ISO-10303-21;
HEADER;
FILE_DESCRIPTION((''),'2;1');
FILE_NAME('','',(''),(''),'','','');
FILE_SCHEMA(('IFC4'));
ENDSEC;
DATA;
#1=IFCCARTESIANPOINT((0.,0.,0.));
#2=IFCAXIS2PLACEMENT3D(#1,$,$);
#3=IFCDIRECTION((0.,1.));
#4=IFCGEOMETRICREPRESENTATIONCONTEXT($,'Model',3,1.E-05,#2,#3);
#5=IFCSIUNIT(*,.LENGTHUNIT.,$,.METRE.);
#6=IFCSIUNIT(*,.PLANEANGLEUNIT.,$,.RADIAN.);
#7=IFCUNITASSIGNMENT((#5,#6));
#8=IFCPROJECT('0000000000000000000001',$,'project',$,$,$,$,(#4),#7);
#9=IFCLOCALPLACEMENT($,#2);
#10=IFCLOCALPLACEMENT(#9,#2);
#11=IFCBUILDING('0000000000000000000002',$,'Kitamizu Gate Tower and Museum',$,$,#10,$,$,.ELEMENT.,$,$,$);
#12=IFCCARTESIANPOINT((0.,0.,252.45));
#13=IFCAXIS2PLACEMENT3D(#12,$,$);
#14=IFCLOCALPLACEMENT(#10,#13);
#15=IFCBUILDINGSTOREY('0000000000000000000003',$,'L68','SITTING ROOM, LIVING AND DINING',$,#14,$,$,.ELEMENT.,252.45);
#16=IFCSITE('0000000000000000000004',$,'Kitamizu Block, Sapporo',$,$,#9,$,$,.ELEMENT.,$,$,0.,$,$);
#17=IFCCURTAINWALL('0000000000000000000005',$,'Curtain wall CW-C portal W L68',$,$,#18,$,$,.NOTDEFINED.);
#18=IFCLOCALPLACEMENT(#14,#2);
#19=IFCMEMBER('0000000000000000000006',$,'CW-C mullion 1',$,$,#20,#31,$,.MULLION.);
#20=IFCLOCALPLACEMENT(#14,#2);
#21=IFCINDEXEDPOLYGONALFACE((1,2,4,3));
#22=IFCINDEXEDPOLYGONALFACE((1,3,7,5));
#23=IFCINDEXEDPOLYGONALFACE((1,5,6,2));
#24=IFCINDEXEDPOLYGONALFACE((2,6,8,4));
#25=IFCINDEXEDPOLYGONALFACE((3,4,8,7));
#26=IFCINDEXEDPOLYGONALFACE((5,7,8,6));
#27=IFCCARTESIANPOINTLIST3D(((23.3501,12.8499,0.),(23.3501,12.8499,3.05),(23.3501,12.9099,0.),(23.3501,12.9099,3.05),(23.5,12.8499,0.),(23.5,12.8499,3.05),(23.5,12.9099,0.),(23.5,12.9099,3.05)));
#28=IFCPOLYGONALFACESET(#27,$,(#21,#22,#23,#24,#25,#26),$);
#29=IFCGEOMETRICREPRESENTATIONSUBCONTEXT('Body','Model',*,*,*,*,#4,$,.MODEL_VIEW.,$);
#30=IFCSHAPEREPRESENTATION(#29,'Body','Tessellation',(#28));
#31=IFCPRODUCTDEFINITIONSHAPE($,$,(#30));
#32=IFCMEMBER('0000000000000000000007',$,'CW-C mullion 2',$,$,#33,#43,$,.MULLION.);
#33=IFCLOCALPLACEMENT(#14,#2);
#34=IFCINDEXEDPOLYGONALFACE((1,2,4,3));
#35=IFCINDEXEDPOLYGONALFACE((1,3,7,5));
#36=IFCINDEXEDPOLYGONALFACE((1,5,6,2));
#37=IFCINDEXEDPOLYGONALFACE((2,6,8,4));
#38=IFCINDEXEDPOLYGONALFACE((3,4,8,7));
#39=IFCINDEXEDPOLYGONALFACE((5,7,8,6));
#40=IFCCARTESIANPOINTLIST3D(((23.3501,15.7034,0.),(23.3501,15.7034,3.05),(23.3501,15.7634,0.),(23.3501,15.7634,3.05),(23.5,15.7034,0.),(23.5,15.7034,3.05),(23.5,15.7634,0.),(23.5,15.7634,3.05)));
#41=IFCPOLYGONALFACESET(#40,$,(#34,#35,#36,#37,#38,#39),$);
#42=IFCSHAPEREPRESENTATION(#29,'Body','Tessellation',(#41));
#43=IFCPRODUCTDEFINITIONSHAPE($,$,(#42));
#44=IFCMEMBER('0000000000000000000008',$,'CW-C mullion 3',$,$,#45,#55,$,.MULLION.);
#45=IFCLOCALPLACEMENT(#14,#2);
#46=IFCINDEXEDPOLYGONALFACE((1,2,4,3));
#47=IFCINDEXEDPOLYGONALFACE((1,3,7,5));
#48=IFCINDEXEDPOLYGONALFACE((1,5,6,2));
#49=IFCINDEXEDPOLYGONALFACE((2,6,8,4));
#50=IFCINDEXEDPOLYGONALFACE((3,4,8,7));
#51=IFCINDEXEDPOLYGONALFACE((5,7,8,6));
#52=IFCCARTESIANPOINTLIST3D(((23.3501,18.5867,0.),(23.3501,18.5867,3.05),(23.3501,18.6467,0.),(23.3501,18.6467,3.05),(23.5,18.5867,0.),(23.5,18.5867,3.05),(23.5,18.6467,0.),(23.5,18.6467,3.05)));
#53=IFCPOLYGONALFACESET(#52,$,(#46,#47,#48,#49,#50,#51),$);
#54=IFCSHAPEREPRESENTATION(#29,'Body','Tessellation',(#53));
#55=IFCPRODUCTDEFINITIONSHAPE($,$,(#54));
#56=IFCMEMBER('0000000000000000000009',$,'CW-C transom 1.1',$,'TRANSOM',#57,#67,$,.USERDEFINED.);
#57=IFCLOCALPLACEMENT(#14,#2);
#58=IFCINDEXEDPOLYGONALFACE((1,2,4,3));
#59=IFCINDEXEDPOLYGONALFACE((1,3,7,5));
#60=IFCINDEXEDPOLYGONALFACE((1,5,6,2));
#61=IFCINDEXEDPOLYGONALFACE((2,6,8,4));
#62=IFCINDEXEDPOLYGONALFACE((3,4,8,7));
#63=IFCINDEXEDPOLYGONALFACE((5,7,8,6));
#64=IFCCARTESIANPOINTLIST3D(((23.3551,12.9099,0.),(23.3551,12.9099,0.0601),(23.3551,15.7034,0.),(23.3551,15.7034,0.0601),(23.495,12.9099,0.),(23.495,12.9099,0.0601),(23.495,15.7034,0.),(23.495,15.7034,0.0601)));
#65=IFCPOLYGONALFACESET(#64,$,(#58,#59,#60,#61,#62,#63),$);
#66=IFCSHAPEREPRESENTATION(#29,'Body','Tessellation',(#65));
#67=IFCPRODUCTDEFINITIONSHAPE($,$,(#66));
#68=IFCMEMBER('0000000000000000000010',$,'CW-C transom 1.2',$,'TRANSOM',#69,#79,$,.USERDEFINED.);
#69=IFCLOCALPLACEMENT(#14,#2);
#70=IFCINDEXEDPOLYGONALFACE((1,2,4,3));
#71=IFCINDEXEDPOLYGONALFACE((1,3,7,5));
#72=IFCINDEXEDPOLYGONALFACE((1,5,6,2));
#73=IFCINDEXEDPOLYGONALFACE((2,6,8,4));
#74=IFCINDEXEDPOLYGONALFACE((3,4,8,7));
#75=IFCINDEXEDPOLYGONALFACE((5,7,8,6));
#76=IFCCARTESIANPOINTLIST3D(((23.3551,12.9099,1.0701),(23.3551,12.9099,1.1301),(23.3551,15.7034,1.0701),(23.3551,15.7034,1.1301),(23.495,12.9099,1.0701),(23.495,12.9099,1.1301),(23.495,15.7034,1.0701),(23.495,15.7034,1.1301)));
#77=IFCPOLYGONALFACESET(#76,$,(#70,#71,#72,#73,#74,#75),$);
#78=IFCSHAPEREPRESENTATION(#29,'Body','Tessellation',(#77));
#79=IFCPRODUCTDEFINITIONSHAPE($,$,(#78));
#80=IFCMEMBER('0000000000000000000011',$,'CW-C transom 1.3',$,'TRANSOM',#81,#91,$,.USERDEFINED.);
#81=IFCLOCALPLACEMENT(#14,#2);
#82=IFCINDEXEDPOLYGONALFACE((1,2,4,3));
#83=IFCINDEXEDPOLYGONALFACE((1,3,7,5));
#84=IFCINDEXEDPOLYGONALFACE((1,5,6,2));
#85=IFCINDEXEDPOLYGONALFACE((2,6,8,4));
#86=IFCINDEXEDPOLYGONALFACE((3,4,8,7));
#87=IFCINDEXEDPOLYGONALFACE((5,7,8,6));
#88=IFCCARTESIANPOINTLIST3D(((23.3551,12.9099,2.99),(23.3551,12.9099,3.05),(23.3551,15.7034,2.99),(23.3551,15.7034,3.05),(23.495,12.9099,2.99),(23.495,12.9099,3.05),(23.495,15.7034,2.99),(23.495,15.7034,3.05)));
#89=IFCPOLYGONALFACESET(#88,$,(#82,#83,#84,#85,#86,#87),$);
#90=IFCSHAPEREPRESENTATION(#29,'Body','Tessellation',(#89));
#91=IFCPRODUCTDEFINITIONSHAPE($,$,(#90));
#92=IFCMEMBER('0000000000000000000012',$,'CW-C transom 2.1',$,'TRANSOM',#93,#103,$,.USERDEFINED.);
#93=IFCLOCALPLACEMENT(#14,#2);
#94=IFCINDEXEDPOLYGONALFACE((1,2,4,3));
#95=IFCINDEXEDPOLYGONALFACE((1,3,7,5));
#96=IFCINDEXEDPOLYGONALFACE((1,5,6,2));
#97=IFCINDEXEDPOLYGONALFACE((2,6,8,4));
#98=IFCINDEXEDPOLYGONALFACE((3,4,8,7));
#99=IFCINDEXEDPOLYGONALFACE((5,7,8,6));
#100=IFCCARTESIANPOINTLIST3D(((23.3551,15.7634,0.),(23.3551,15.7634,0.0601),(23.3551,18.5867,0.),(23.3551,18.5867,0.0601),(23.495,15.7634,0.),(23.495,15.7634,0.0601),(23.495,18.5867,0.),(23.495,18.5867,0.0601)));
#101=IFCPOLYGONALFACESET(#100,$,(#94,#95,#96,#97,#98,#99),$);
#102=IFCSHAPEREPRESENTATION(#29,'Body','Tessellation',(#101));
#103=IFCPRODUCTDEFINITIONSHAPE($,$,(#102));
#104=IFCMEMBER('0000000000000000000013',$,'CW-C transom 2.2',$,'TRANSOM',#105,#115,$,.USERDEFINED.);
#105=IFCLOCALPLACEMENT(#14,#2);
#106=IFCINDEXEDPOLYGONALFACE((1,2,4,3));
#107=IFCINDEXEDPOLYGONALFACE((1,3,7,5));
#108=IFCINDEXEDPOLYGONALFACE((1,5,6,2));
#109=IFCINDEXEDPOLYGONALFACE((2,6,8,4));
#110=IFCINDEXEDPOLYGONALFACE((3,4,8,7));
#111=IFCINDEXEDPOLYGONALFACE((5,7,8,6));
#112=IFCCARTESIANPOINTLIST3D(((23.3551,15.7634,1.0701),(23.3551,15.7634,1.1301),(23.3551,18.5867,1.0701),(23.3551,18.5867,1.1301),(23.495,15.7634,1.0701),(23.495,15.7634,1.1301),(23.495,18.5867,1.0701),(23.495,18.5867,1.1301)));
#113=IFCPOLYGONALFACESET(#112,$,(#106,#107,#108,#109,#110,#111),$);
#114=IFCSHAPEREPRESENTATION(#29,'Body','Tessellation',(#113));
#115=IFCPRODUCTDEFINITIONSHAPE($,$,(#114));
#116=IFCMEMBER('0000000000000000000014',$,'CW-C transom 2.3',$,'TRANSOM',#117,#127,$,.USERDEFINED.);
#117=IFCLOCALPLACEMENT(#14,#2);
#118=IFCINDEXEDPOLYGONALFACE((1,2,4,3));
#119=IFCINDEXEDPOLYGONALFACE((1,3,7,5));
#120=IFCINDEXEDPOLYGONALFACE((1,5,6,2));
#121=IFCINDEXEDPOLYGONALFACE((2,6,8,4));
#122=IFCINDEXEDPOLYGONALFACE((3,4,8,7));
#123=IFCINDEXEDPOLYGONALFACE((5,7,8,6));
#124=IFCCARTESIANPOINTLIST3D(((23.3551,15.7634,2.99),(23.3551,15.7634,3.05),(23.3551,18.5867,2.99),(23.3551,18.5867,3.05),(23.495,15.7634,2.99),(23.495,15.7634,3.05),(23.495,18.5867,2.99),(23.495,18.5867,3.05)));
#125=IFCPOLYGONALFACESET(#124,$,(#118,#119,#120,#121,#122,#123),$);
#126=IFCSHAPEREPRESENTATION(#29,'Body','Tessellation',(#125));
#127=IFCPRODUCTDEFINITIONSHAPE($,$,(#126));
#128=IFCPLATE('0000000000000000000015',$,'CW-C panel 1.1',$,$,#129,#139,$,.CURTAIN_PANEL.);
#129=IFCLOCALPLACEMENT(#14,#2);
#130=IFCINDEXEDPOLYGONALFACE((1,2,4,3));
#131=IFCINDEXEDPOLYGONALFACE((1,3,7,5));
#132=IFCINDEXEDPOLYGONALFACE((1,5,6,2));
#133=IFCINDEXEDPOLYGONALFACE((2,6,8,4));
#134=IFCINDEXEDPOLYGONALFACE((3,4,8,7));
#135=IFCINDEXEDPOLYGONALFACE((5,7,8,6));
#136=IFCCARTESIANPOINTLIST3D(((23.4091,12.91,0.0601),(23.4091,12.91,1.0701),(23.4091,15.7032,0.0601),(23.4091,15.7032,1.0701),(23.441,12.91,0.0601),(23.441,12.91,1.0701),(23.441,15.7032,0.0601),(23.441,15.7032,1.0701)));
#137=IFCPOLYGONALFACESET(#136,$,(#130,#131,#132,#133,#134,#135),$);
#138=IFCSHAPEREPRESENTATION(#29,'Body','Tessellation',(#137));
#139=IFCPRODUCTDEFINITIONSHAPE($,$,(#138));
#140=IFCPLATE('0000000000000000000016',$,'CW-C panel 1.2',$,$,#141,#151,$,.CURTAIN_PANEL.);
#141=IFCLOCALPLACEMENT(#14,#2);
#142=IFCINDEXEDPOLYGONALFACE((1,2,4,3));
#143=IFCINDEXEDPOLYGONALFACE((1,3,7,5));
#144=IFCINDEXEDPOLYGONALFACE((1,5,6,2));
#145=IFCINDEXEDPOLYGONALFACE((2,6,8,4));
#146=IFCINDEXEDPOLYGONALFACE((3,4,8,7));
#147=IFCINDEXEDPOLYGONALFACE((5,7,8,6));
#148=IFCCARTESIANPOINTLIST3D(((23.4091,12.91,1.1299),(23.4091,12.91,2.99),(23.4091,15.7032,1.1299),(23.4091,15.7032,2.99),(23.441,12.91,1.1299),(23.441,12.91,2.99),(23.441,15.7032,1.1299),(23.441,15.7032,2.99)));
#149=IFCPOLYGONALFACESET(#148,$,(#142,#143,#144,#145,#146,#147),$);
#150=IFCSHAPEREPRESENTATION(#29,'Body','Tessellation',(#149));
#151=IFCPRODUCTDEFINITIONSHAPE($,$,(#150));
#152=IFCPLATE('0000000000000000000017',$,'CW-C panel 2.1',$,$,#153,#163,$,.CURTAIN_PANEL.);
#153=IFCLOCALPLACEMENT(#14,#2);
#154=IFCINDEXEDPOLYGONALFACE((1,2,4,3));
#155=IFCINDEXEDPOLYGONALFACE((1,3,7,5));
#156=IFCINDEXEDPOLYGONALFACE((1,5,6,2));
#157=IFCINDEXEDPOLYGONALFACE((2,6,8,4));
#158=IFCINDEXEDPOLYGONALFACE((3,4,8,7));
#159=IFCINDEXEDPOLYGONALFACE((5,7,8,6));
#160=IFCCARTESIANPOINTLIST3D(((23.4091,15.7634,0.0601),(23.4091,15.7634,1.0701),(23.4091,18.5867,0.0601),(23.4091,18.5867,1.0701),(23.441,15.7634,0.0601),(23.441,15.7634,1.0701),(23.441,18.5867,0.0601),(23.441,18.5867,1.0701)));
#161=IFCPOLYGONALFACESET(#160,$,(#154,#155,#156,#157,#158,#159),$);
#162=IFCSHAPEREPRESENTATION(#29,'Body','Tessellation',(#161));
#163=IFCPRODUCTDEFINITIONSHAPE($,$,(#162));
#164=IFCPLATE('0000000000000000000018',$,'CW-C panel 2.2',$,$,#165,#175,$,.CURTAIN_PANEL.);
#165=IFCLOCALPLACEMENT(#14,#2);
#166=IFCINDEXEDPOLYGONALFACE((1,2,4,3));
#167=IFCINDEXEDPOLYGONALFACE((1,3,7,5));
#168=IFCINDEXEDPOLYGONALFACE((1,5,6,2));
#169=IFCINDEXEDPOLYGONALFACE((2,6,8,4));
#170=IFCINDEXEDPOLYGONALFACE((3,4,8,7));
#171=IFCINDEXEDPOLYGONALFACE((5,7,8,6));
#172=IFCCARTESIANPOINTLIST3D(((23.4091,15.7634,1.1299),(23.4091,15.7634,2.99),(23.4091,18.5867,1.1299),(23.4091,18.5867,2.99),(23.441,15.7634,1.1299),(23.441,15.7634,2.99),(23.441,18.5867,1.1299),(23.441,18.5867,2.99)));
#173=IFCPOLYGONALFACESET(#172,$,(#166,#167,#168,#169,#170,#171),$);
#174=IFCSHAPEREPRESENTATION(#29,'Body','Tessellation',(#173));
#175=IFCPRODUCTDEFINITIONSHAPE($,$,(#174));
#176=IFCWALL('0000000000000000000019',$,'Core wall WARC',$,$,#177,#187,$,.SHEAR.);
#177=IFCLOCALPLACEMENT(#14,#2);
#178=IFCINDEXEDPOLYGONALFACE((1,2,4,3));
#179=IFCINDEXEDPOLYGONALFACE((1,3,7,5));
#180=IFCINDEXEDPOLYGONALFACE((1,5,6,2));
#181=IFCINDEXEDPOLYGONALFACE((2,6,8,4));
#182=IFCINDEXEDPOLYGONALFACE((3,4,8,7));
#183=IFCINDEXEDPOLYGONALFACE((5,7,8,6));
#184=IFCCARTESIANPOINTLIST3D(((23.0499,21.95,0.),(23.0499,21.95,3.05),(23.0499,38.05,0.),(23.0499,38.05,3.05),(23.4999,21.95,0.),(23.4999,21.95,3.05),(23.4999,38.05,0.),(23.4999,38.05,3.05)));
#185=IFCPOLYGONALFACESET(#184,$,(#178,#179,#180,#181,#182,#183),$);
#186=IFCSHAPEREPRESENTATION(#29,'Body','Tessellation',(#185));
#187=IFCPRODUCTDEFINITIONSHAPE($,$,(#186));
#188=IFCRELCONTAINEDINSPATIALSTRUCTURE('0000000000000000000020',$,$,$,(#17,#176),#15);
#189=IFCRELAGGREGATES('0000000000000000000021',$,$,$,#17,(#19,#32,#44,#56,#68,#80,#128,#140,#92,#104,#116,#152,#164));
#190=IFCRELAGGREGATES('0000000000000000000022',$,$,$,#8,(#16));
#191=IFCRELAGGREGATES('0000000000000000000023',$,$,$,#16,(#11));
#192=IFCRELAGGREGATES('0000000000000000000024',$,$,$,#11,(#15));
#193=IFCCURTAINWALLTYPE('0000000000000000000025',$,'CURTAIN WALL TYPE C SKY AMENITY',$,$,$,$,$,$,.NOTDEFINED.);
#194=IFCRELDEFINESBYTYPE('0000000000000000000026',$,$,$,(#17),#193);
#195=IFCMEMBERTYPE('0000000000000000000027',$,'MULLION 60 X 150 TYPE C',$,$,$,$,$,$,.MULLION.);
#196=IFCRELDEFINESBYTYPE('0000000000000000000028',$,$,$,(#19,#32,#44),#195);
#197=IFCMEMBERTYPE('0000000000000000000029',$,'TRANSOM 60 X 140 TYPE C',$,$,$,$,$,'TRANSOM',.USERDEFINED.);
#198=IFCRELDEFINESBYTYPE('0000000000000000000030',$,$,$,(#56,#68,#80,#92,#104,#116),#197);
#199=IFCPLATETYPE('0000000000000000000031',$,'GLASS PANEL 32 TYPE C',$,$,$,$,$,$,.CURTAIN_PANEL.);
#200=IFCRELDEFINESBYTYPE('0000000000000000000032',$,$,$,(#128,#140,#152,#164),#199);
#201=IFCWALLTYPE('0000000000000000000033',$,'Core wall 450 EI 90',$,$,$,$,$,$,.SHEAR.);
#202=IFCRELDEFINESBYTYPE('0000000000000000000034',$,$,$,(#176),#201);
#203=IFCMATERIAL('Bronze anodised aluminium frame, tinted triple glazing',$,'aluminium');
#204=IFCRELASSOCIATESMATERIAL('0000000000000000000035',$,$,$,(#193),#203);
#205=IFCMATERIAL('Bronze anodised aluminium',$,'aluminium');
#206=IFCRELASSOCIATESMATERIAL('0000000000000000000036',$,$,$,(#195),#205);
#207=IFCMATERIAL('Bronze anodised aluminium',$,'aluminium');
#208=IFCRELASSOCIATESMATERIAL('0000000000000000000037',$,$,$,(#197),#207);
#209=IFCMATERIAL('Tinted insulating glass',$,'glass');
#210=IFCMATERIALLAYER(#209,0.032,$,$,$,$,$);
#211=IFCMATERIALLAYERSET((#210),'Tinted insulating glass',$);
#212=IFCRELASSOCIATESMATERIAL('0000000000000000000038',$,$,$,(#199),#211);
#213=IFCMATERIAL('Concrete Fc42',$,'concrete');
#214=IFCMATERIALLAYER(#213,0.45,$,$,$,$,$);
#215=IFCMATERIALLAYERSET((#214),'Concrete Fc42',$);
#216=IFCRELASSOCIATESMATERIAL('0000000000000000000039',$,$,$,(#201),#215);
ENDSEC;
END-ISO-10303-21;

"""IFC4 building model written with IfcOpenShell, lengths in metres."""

from ifc_helpers import new_model, si_unit, direction, frame, frame_2d, origin, origin_2d, place, context, subcontext, project, spatial, rectangle, extrude, material, layer, layer_set, material_profile, profile_set, type_object, element, aggregate, save


model = new_model("IFC4")

# Units and contexts
model_context = context("Model", 3, precision=1e-05, world=origin(), true_north=direction((0.0, 1.0)))
body_context = subcontext(model_context, "Body", "Model", "MODEL_VIEW")
ifc_project = project(units=[si_unit("LENGTHUNIT", "METRE"), si_unit("PLANEANGLEUNIT", "RADIAN")], contexts=[model_context])

# Site, building, storey
site_placement = place(None, origin())
site = spatial("IfcSite", under=ifc_project, at=site_placement, Name="Kitamizu Block, Sapporo", CompositionType="ELEMENT", RefElevation=0.0)
building_placement = place(site_placement, origin())
building = spatial("IfcBuilding", under=site, at=building_placement, Name="Kitamizu Gate Tower and Museum", CompositionType="ELEMENT")
storey_placement = place(building_placement, frame((0.0, 0.0, 252.45)))
storey = spatial("IfcBuildingStorey", under=building, at=storey_placement, Name="L68", Description="SITTING ROOM, LIVING AND DINING", CompositionType="ELEMENT", Elevation=252.45)

# Curtain wall, members, plates
ifc_material_1 = material(Name="Bronze anodised aluminium frame, tinted triple glazing", Category="aluminium")
curtain_wall_type = type_object("IfcCurtainWallType", Name="CURTAIN WALL TYPE C SKY AMENITY", PredefinedType="NOTDEFINED", material=ifc_material_1)
curtain_wall_placement = place(storey_placement, origin())
curtain_wall = element("IfcCurtainWall", 1, at=curtain_wall_placement, inside=storey, type_object=curtain_wall_type, Name="Curtain wall CW-C portal W L68", PredefinedType="NOTDEFINED")
ifc_material_2 = material(Name="Bronze anodised aluminium", Category="aluminium")
ifc_material_profile_1 = material_profile(ifc_material_2, rectangle(XDim=0.0601, YDim=0.1499, at=origin_2d()), Name="AL 60X150")
ifc_profile_set_1 = profile_set([ifc_material_profile_1], Name="Bronze anodised aluminium")
member_type_1 = type_object("IfcMemberType", Name="MULLION 60 X 150 TYPE C", PredefinedType="MULLION", material=ifc_profile_set_1)
member_1_placement = place(storey_placement, frame((23.425, 12.8799, 0.0), z_axis=(0.0, 0.0, 1.0), x_axis=(0.0, 1.0, 0.0)))
member_1 = element("IfcMember", 2, at=member_1_placement, type_object=member_type_1, Name="CW-C mullion 1", PredefinedType="MULLION", context=body_context, shape_type="SweptSolid", body=[
    extrude(rectangle(XDim=0.0601, YDim=0.1499, at=origin_2d()), origin(), (0.0, 0.0, 1.0), 3.05),
])
member_2_placement = place(storey_placement, frame((23.425, 15.7334, 0.0), z_axis=(0.0, 0.0, 1.0), x_axis=(0.0, 1.0, 0.0)))
member_2 = element("IfcMember", 3, at=member_2_placement, type_object=member_type_1, Name="CW-C mullion 2", PredefinedType="MULLION", context=body_context, shape_type="SweptSolid", body=[
    extrude(rectangle(XDim=0.0601, YDim=0.1499, at=origin_2d()), origin(), (0.0, 0.0, 1.0), 3.05),
])
member_3_placement = place(storey_placement, frame((23.425, 18.6167, 0.0), z_axis=(0.0, 0.0, 1.0), x_axis=(0.0, 1.0, 0.0)))
member_3 = element("IfcMember", 4, at=member_3_placement, type_object=member_type_1, Name="CW-C mullion 3", PredefinedType="MULLION", context=body_context, shape_type="SweptSolid", body=[
    extrude(rectangle(XDim=0.0601, YDim=0.1499, at=origin_2d()), origin(), (0.0, 0.0, 1.0), 3.05),
])
ifc_material_3 = material(Name="Bronze anodised aluminium", Category="aluminium")
ifc_material_profile_2 = material_profile(ifc_material_3, rectangle(XDim=0.1399, YDim=0.0601, at=origin_2d()), Name="AL 60X140")
ifc_profile_set_2 = profile_set([ifc_material_profile_2], Name="Bronze anodised aluminium")
member_type_2 = type_object("IfcMemberType", Name="TRANSOM 60 X 140 TYPE C", ElementType="TRANSOM", PredefinedType="USERDEFINED", material=ifc_profile_set_2)
member_4_placement = place(storey_placement, frame((23.425, 12.9099, 0.03), z_axis=(0.0, 1.0, 0.0), x_axis=(-1.0, 0.0, 0.0)))
member_4 = element("IfcMember", 5, at=member_4_placement, type_object=member_type_2, Name="CW-C transom 1.1", ObjectType="TRANSOM", PredefinedType="USERDEFINED", context=body_context, shape_type="SweptSolid", body=[
    extrude(rectangle(XDim=0.1399, YDim=0.0601, at=origin_2d()), origin(), (0.0, 0.0, 1.0), 2.7935),
])
member_5_placement = place(storey_placement, frame((23.425, 12.9099, 1.1001), z_axis=(0.0, 1.0, 0.0), x_axis=(-1.0, 0.0, 0.0)))
member_5 = element("IfcMember", 6, at=member_5_placement, type_object=member_type_2, Name="CW-C transom 1.2", ObjectType="TRANSOM", PredefinedType="USERDEFINED", context=body_context, shape_type="SweptSolid", body=[
    extrude(rectangle(XDim=0.1399, YDim=0.0601, at=origin_2d()), origin(), (0.0, 0.0, 1.0), 2.7935),
])
member_6_placement = place(storey_placement, frame((23.425, 12.9099, 3.02), z_axis=(0.0, 1.0, 0.0), x_axis=(-1.0, 0.0, 0.0)))
member_6 = element("IfcMember", 7, at=member_6_placement, type_object=member_type_2, Name="CW-C transom 1.3", ObjectType="TRANSOM", PredefinedType="USERDEFINED", context=body_context, shape_type="SweptSolid", body=[
    extrude(rectangle(XDim=0.1399, YDim=0.0601, at=origin_2d()), origin(), (0.0, 0.0, 1.0), 2.7935),
])
member_7_placement = place(storey_placement, frame((23.425, 15.7634, 0.03), z_axis=(0.0, 1.0, 0.0), x_axis=(-1.0, 0.0, 0.0)))
member_7 = element("IfcMember", 8, at=member_7_placement, type_object=member_type_2, Name="CW-C transom 2.1", ObjectType="TRANSOM", PredefinedType="USERDEFINED", context=body_context, shape_type="SweptSolid", body=[
    extrude(rectangle(XDim=0.1399, YDim=0.0601, at=origin_2d()), origin(), (0.0, 0.0, 1.0), 2.8232),
])
member_8_placement = place(storey_placement, frame((23.425, 15.7634, 1.1001), z_axis=(0.0, 1.0, 0.0), x_axis=(-1.0, 0.0, 0.0)))
member_8 = element("IfcMember", 9, at=member_8_placement, type_object=member_type_2, Name="CW-C transom 2.2", ObjectType="TRANSOM", PredefinedType="USERDEFINED", context=body_context, shape_type="SweptSolid", body=[
    extrude(rectangle(XDim=0.1399, YDim=0.0601, at=origin_2d()), origin(), (0.0, 0.0, 1.0), 2.8232),
])
member_9_placement = place(storey_placement, frame((23.425, 15.7634, 3.02), z_axis=(0.0, 1.0, 0.0), x_axis=(-1.0, 0.0, 0.0)))
member_9 = element("IfcMember", 10, at=member_9_placement, type_object=member_type_2, Name="CW-C transom 2.3", ObjectType="TRANSOM", PredefinedType="USERDEFINED", context=body_context, shape_type="SweptSolid", body=[
    extrude(rectangle(XDim=0.1399, YDim=0.0601, at=origin_2d()), origin(), (0.0, 0.0, 1.0), 2.8232),
])
ifc_material_4 = material(Name="Tinted insulating glass", Category="glass")
ifc_layer_1 = layer(ifc_material_4, 0.032)
ifc_layer_set_1 = layer_set([ifc_layer_1], Name="Tinted insulating glass")
plate_type = type_object("IfcPlateType", Name="GLASS PANEL 32 TYPE C", PredefinedType="CURTAIN_PANEL", material=ifc_layer_set_1)
plate_1_placement = place(storey_placement, frame((23.425, 14.3066, 0.0601), z_axis=(0.0, 0.0, 1.0), x_axis=(0.0, 1.0, 0.0)))
plate_1 = element("IfcPlate", 11, at=plate_1_placement, type_object=plate_type, Name="CW-C panel 1.1", PredefinedType="CURTAIN_PANEL", context=body_context, shape_type="SweptSolid", body=[
    extrude(rectangle(XDim=2.7932, YDim=0.032, at=origin_2d()), origin(), (0.0, 0.0, 1.0), 1.01),
])
plate_2_placement = place(storey_placement, frame((23.425, 14.3066, 1.1299), z_axis=(0.0, 0.0, 1.0), x_axis=(0.0, 1.0, 0.0)))
plate_2 = element("IfcPlate", 12, at=plate_2_placement, type_object=plate_type, Name="CW-C panel 1.2", PredefinedType="CURTAIN_PANEL", context=body_context, shape_type="SweptSolid", body=[
    extrude(rectangle(XDim=2.7932, YDim=0.032, at=origin_2d()), origin(), (0.0, 0.0, 1.0), 1.8601),
])
plate_3_placement = place(storey_placement, frame((23.425, 17.175, 0.0601), z_axis=(0.0, 0.0, 1.0), x_axis=(0.0, 1.0, 0.0)))
plate_3 = element("IfcPlate", 13, at=plate_3_placement, type_object=plate_type, Name="CW-C panel 2.1", PredefinedType="CURTAIN_PANEL", context=body_context, shape_type="SweptSolid", body=[
    extrude(rectangle(XDim=2.8232, YDim=0.032, at=origin_2d()), origin(), (0.0, 0.0, 1.0), 1.01),
])
plate_4_placement = place(storey_placement, frame((23.425, 17.175, 1.1299), z_axis=(0.0, 0.0, 1.0), x_axis=(0.0, 1.0, 0.0)))
plate_4 = element("IfcPlate", 14, at=plate_4_placement, type_object=plate_type, Name="CW-C panel 2.2", PredefinedType="CURTAIN_PANEL", context=body_context, shape_type="SweptSolid", body=[
    extrude(rectangle(XDim=2.8232, YDim=0.032, at=origin_2d()), origin(), (0.0, 0.0, 1.0), 1.8601),
])
aggregate(curtain_wall, [member_1, member_2, member_3, member_4, member_5, member_6, plate_1, plate_2, member_7, member_8, member_9, plate_3, plate_4])

# Wall
ifc_material_5 = material(Name="Concrete Fc42", Category="concrete")
ifc_layer_2 = layer(ifc_material_5, 0.45)
ifc_layer_set_2 = layer_set([ifc_layer_2], Name="Concrete Fc42")
wall_type_1 = type_object("IfcWallType", Name="Core wall 450 EI 90", PredefinedType="SHEAR", material=ifc_layer_set_2)
wall_1_placement = place(storey_placement, frame((23.2749, 21.95, 0.0), z_axis=(0.0, 0.0, 1.0), x_axis=(0.0, 1.0, 0.0)))
element("IfcWall", 15, at=wall_1_placement, inside=storey, type_object=wall_type_1, Name="Core wall WARC", PredefinedType="SHEAR", context=body_context, shape_type="SweptSolid", body=[
    extrude(rectangle(XDim=16.1001, YDim=0.45, at=frame_2d((8.05, 0.0))), origin(), (0.0, 0.0, 1.0), 3.05),
])

save(model, "model.ifc")
